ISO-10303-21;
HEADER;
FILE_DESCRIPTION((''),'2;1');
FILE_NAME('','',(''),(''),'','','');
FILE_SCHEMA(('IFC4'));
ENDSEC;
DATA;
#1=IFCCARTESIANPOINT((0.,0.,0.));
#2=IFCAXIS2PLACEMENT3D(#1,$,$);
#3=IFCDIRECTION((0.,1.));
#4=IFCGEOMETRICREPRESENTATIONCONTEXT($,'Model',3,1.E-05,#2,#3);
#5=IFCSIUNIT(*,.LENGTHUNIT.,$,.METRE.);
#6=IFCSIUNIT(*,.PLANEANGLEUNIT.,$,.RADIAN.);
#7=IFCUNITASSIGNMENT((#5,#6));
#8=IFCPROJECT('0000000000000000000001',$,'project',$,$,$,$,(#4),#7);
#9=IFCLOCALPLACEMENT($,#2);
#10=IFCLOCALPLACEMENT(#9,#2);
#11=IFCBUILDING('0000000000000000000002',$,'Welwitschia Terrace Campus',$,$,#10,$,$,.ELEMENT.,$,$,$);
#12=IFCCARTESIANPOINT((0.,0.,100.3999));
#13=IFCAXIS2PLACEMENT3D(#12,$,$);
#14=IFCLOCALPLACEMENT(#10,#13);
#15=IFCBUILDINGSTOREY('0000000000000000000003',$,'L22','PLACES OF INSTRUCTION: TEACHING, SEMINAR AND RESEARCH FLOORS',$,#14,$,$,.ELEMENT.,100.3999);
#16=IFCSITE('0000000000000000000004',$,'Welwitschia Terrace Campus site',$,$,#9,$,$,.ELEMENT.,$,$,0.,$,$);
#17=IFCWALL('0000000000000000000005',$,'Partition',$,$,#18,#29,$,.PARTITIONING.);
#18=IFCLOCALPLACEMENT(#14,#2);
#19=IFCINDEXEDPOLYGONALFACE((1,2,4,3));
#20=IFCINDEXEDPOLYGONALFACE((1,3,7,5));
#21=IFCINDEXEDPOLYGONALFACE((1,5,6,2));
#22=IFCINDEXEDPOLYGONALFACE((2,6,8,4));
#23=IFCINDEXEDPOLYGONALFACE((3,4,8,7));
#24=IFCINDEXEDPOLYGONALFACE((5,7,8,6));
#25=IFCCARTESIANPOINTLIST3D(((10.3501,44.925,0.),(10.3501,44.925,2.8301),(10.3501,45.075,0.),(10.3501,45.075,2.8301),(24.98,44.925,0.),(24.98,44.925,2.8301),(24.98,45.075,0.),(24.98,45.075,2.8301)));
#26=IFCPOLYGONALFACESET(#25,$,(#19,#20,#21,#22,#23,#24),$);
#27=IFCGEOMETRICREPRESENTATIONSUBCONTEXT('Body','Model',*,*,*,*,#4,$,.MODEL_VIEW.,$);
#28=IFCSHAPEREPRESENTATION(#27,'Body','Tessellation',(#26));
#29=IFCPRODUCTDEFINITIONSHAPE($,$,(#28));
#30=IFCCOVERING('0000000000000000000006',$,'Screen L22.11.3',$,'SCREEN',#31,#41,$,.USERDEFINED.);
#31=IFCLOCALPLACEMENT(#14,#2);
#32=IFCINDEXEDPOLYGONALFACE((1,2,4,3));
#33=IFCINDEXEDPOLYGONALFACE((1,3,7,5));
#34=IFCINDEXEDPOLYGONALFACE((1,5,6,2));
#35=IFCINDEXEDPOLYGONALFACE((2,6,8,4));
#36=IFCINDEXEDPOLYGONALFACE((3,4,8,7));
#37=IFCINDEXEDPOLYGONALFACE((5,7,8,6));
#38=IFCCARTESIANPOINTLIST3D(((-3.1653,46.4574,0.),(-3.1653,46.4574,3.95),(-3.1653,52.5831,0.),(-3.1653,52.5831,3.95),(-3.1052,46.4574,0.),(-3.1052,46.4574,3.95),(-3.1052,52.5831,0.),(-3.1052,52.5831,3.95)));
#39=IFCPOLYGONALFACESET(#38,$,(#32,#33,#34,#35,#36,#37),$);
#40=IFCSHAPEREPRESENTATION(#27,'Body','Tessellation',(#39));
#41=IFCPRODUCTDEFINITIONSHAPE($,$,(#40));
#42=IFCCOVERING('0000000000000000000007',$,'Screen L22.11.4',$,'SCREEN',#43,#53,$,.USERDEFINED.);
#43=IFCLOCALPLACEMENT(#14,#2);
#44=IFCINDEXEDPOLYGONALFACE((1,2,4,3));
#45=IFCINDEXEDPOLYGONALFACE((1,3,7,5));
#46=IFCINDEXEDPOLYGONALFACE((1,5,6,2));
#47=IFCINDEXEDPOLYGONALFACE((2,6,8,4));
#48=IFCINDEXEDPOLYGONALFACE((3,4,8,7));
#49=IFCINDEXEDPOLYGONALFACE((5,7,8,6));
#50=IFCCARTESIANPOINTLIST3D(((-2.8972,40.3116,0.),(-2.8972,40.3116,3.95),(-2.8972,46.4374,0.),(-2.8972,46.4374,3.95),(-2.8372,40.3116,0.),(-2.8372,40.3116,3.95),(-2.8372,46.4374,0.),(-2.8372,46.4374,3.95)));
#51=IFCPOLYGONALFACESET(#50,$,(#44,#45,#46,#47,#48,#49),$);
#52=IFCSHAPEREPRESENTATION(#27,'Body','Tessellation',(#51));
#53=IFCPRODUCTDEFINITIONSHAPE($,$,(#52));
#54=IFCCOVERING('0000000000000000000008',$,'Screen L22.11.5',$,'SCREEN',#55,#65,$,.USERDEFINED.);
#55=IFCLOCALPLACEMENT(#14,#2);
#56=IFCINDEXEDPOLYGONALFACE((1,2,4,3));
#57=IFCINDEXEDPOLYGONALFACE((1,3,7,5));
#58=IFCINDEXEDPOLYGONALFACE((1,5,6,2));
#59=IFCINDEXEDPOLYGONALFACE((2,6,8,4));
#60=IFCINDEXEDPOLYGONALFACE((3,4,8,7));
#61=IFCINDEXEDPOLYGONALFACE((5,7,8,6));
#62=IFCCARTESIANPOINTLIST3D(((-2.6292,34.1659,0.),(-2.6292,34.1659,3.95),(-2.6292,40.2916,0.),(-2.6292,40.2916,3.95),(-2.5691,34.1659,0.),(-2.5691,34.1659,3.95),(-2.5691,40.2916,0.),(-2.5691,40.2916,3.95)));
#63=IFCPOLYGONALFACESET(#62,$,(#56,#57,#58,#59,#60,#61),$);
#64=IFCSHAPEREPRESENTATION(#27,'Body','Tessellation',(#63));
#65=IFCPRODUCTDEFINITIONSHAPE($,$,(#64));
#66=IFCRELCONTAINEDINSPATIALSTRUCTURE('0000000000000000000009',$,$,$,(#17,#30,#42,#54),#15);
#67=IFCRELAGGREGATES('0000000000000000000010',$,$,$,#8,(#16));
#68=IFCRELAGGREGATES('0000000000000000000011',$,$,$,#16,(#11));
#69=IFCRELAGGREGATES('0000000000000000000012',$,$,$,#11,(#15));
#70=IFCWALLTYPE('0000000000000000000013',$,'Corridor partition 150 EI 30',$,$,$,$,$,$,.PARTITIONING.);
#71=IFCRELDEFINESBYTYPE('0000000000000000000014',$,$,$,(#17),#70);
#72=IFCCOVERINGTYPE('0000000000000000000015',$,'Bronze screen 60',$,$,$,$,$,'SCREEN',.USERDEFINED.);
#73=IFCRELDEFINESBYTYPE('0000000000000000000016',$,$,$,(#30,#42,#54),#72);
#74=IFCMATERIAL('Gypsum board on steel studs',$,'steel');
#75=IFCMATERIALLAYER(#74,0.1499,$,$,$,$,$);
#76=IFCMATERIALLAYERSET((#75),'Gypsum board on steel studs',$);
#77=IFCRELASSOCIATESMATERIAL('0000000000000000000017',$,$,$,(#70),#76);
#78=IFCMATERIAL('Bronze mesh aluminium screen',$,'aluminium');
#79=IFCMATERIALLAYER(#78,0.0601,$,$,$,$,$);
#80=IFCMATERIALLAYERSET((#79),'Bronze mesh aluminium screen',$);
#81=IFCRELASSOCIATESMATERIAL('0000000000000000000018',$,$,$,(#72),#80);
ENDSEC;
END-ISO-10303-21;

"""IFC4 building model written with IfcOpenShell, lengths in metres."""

from ifc_helpers import new_model, si_unit, direction, frame, frame_2d, origin, origin_2d, place, context, subcontext, project, spatial, rectangle, extrude, material, layer, layer_set, type_object, element, save


model = new_model("IFC4")

# Units and contexts
model_context = context("Model", 3, precision=1e-05, world=origin(), true_north=direction((0.0, 1.0)))
body_context = subcontext(model_context, "Body", "Model", "MODEL_VIEW")
ifc_project = project(units=[si_unit("LENGTHUNIT", "METRE"), si_unit("PLANEANGLEUNIT", "RADIAN")], contexts=[model_context])

# Site, building, storey
site_placement = place(None, origin())
site = spatial("IfcSite", under=ifc_project, at=site_placement, Name="Welwitschia Terrace Campus site", CompositionType="ELEMENT", RefElevation=0.0)
building_placement = place(site_placement, origin())
building = spatial("IfcBuilding", under=site, at=building_placement, Name="Welwitschia Terrace Campus", CompositionType="ELEMENT")
storey_placement = place(building_placement, frame((0.0, 0.0, 100.3999)))
storey = spatial("IfcBuildingStorey", under=building, at=storey_placement, Name="L22", Description="PLACES OF INSTRUCTION: TEACHING, SEMINAR AND RESEARCH FLOORS", CompositionType="ELEMENT", Elevation=100.3999)

# Shared definitions
ifc_material_1 = material(Name="Gypsum board on steel studs", Category="steel")
ifc_layer_1 = layer(ifc_material_1, 0.1499)
ifc_layer_set_1 = layer_set([ifc_layer_1], Name="Gypsum board on steel studs")
wall_type = type_object("IfcWallType", Name="Corridor partition 150 EI 30", PredefinedType="PARTITIONING", material=ifc_layer_set_1)

# Wall
wall_1_placement = place(storey_placement, frame((10.3501, 45.0, 0.0), z_axis=(0.0, 0.0, 1.0), x_axis=(1.0, 0.0, 0.0)))
element("IfcWall", 1, at=wall_1_placement, inside=storey, type_object=wall_type, Name="Partition", PredefinedType="PARTITIONING", context=body_context, shape_type="SweptSolid", body=[
    extrude(rectangle(XDim=14.6299, YDim=0.1499, at=frame_2d((7.3149, 0.0))), origin(), (0.0, 0.0, 1.0), 2.8301),
])

# Coverings
ifc_material_2 = material(Name="Bronze mesh aluminium screen", Category="aluminium")
ifc_layer_2 = layer(ifc_material_2, 0.0601)
ifc_layer_set_2 = layer_set([ifc_layer_2], Name="Bronze mesh aluminium screen")
covering_type = type_object("IfcCoveringType", Name="Bronze screen 60", ElementType="SCREEN", PredefinedType="USERDEFINED", material=ifc_layer_set_2)
for number, where, z_axis, x_axis, name in (
    (2, (-3.1353, 49.5203, 0.0), (0.0, 0.0, 1.0), (0.0, -1.0, 0.0), "Screen L22.11.3"),
    (3, (-2.8672, 43.3745, 0.0), (0.0, 0.0, 1.0), (0.0, -1.0, 0.0), "Screen L22.11.4"),
    (4, (-2.5991, 37.2288, 0.0), (0.0, 0.0, 1.0), (0.0, -1.0, 0.0), "Screen L22.11.5"),
):
    element("IfcCovering", number, at=place(storey_placement, frame(where, z_axis=z_axis, x_axis=x_axis)), inside=storey, type_object=covering_type, Name=name, ObjectType="SCREEN", PredefinedType="USERDEFINED", context=body_context, shape_type="SweptSolid", body=[
        extrude(rectangle(XDim=6.1257, YDim=0.0601, at=origin_2d()), origin(), (0.0, 0.0, 1.0), 3.95),
    ])

save(model, "model.ifc")
